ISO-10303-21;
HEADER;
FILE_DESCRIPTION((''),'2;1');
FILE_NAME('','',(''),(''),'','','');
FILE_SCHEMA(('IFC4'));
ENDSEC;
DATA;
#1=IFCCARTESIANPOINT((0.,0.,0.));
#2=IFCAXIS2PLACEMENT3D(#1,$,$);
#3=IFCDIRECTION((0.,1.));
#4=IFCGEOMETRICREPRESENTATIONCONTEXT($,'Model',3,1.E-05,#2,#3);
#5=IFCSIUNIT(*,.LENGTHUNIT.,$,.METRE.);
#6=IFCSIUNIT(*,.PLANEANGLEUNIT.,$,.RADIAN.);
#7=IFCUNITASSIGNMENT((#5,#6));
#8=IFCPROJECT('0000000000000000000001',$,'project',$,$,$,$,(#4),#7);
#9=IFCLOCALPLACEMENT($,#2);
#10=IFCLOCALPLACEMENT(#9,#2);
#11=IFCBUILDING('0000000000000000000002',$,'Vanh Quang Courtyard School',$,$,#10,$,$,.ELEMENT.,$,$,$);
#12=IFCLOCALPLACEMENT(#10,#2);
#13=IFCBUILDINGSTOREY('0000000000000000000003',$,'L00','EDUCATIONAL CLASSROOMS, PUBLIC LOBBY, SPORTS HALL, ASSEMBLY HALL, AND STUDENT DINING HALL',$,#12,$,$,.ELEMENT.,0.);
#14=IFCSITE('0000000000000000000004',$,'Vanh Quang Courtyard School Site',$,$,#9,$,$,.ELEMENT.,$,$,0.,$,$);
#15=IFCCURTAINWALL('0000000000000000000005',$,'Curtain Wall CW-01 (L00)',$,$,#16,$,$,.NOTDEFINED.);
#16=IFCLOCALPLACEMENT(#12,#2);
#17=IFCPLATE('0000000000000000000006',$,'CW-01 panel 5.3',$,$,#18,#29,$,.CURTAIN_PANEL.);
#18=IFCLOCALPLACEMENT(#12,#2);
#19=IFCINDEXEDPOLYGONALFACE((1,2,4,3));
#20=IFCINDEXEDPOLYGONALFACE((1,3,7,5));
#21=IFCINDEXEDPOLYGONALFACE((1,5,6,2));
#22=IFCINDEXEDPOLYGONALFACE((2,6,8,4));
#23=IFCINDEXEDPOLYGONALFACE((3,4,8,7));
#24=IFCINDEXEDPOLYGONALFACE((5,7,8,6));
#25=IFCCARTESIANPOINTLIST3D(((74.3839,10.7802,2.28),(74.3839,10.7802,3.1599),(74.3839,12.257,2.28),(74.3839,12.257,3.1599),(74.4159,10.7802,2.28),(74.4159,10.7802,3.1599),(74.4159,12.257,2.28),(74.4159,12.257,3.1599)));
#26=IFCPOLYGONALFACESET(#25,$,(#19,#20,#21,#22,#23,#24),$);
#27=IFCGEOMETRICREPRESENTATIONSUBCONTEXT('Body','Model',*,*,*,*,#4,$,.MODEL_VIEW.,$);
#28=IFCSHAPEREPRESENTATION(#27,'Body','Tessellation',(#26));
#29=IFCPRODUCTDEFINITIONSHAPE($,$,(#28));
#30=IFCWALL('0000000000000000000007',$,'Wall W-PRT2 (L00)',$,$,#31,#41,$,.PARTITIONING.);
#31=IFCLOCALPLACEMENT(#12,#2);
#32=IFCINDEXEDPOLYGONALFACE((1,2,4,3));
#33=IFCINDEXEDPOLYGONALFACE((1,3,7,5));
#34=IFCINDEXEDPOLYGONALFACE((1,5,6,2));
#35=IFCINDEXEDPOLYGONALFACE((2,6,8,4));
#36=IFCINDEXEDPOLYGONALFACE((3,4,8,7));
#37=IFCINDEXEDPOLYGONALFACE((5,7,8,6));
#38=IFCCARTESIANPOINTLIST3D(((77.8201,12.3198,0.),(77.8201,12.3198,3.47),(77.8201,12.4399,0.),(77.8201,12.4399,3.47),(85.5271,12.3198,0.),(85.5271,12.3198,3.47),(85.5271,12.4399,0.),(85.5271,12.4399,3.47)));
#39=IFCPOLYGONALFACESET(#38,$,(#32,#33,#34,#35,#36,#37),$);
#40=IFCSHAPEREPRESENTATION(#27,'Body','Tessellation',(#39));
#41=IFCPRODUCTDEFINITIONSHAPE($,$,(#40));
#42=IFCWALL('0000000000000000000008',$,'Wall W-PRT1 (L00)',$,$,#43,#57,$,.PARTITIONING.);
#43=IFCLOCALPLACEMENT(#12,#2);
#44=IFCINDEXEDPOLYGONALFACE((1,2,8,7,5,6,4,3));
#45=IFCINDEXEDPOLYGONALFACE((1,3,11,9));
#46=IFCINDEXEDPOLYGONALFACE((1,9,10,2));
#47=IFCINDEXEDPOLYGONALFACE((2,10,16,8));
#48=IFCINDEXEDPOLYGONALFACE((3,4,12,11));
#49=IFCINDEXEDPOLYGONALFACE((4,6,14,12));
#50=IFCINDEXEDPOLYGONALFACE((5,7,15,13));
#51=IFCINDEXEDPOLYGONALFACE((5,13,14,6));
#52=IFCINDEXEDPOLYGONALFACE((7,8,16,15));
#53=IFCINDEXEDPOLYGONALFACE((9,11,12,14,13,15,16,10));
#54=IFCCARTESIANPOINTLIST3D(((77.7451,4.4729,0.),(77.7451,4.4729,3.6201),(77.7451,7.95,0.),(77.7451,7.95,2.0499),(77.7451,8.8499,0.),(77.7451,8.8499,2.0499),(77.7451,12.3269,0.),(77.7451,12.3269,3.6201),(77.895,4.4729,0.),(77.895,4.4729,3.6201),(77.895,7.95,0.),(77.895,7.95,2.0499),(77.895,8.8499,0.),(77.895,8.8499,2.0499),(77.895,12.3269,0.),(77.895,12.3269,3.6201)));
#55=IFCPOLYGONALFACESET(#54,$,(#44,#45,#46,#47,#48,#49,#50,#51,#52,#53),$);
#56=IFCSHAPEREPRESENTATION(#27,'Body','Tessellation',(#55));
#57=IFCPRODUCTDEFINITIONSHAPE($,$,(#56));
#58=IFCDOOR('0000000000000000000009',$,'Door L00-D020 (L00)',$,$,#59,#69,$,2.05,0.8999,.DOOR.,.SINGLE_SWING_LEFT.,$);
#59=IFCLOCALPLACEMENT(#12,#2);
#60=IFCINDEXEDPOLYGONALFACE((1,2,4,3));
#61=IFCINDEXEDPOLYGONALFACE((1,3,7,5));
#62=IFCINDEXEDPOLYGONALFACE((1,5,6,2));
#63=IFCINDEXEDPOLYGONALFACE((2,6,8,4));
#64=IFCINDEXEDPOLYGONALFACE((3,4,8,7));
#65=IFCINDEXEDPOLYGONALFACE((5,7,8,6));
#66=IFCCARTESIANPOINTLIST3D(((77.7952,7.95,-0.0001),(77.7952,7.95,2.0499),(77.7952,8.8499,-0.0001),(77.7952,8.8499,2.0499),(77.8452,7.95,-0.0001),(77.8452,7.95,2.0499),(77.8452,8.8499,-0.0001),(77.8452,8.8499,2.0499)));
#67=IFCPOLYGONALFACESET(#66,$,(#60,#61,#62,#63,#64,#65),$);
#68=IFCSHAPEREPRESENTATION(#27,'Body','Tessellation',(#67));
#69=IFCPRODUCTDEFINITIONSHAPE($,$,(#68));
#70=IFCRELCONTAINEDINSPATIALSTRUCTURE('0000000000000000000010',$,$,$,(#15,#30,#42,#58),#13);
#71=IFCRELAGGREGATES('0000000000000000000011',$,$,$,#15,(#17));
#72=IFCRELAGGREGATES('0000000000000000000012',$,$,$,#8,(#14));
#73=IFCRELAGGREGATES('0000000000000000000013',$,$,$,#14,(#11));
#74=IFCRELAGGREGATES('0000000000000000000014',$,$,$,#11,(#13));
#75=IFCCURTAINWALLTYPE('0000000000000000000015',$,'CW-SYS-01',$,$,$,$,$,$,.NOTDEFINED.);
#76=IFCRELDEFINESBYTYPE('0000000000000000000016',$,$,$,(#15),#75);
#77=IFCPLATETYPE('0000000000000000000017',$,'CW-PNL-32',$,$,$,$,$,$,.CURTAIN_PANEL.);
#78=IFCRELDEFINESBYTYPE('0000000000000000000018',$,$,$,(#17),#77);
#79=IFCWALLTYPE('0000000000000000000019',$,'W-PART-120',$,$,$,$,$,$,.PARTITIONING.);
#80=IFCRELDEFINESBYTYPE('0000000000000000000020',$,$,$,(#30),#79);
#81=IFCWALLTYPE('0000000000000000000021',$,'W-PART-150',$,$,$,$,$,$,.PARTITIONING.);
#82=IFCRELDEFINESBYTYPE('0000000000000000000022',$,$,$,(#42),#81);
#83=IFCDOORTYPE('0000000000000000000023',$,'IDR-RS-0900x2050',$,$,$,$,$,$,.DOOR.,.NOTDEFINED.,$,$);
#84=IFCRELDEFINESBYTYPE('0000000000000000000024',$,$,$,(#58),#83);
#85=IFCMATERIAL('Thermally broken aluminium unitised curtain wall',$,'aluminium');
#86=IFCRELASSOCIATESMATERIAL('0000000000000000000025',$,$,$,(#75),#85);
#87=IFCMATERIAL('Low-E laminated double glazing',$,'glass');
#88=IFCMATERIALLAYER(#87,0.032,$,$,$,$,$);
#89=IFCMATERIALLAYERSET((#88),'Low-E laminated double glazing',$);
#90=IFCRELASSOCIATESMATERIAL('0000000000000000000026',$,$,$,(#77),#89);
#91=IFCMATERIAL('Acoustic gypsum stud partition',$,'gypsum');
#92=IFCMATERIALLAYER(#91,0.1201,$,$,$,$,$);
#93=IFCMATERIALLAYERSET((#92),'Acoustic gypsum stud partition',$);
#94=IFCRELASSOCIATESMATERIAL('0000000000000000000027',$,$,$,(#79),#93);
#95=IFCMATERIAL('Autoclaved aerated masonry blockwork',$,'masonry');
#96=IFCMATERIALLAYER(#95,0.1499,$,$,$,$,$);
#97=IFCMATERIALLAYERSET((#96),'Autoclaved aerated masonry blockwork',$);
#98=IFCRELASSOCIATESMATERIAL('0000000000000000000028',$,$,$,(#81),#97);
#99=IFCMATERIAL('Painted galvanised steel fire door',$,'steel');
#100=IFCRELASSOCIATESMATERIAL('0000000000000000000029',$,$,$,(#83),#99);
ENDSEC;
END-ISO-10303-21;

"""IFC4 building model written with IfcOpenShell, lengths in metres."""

from ifc_helpers import new_model, si_unit, direction, frame, frame_2d, origin, origin_2d, place, context, subcontext, project, spatial, rectangle, extrude, material, layer, layer_set, type_object, element, fill, aggregate, save


model = new_model("IFC4")

# Units and contexts
model_context = context("Model", 3, precision=1e-05, world=origin(), true_north=direction((0.0, 1.0)))
body_context = subcontext(model_context, "Body", "Model", "MODEL_VIEW")
ifc_project = project(units=[si_unit("LENGTHUNIT", "METRE"), si_unit("PLANEANGLEUNIT", "RADIAN")], contexts=[model_context])

# Site, building, storey
site_placement = place(None, origin())
site = spatial("IfcSite", under=ifc_project, at=site_placement, Name="Vanh Quang Courtyard School Site", CompositionType="ELEMENT", RefElevation=0.0)
building_placement = place(site_placement, origin())
building = spatial("IfcBuilding", under=site, at=building_placement, Name="Vanh Quang Courtyard School", CompositionType="ELEMENT")
storey_placement = place(building_placement, origin())
storey = spatial("IfcBuildingStorey", under=building, at=storey_placement, Name="L00", Description="EDUCATIONAL CLASSROOMS, PUBLIC LOBBY, SPORTS HALL, ASSEMBLY HALL, AND STUDENT DINING HALL", CompositionType="ELEMENT", Elevation=0.0)

# Curtain wall, plate
ifc_material_1 = material(Name="Thermally broken aluminium unitised curtain wall", Category="aluminium")
curtain_wall_type = type_object("IfcCurtainWallType", Name="CW-SYS-01", PredefinedType="NOTDEFINED", material=ifc_material_1)
curtain_wall_placement = place(storey_placement, origin())
curtain_wall = element("IfcCurtainWall", 1, at=curtain_wall_placement, inside=storey, type_object=curtain_wall_type, Name="Curtain Wall CW-01 (L00)", PredefinedType="NOTDEFINED")
ifc_material_2 = material(Name="Low-E laminated double glazing", Category="glass")
ifc_layer_1 = layer(ifc_material_2, 0.032)
ifc_layer_set_1 = layer_set([ifc_layer_1], Name="Low-E laminated double glazing")
plate_type = type_object("IfcPlateType", Name="CW-PNL-32", PredefinedType="CURTAIN_PANEL", material=ifc_layer_set_1)
plate_1_placement = place(storey_placement, frame((74.3999, 11.5186, 2.28), z_axis=(0.0, 0.0, 1.0), x_axis=(0.0, 1.0, 0.0)))
plate_1 = element("IfcPlate", 2, at=plate_1_placement, type_object=plate_type, Name="CW-01 panel 5.3", PredefinedType="CURTAIN_PANEL", context=body_context, shape_type="SweptSolid", body=[
    extrude(rectangle(XDim=1.4768, YDim=0.032, at=origin_2d()), origin(), (0.0, 0.0, 1.0), 0.8799),
])
aggregate(curtain_wall, [plate_1])

# Wall
ifc_material_3 = material(Name="Acoustic gypsum stud partition", Category="gypsum")
ifc_layer_2 = layer(ifc_material_3, 0.1201)
ifc_layer_set_2 = layer_set([ifc_layer_2], Name="Acoustic gypsum stud partition")
wall_type_1 = type_object("IfcWallType", Name="W-PART-120", PredefinedType="PARTITIONING", material=ifc_layer_set_2)
wall_1_placement = place(storey_placement, frame((77.8201, 12.3799, 0.0), z_axis=(0.0, 0.0, 1.0), x_axis=(1.0, 0.0, 0.0)))
element("IfcWall", 3, at=wall_1_placement, inside=storey, type_object=wall_type_1, Name="Wall W-PRT2 (L00)", PredefinedType="PARTITIONING", context=body_context, shape_type="SweptSolid", body=[
    extrude(rectangle(XDim=7.707, YDim=0.1201, at=frame_2d((3.8535, 0.0))), origin(), (0.0, 0.0, 1.0), 3.47),
])

# Wall, opening, door
ifc_material_4 = material(Name="Autoclaved aerated masonry blockwork", Category="masonry")
ifc_layer_3 = layer(ifc_material_4, 0.1499)
ifc_layer_set_3 = layer_set([ifc_layer_3], Name="Autoclaved aerated masonry blockwork")
wall_type_2 = type_object("IfcWallType", Name="W-PART-150", PredefinedType="PARTITIONING", material=ifc_layer_set_3)
wall_2_placement = place(storey_placement, frame((77.8201, 4.4729, 0.0), z_axis=(0.0, 0.0, 1.0), x_axis=(0.0, 1.0, 0.0)))
wall_2 = element("IfcWall", 4, at=wall_2_placement, inside=storey, type_object=wall_type_2, Name="Wall W-PRT1 (L00)", PredefinedType="PARTITIONING", context=body_context, shape_type="SweptSolid", body=[
    extrude(rectangle(XDim=7.854, YDim=0.1499, at=frame_2d((3.927, 0.0))), origin(), (0.0, 0.0, 1.0), 3.6201),
])
opening_placement = place(wall_2_placement, frame((3.4771, 0.0, 0.0)))
opening = element("IfcOpeningElement", 5, at=opening_placement, cuts=wall_2, PredefinedType="OPENING", context=body_context, shape_type="SweptSolid", body=[
    extrude(rectangle(XDim=0.8999, YDim=2.05, at=frame_2d((0.45, 1.0249))), frame((0.0, 0.085, 0.0), z_axis=(0.0, -1.0, 0.0), x_axis=(1.0, 0.0, 0.0)), (0.0, 0.0, 1.0), 0.1699),
])
ifc_material_5 = material(Name="Painted galvanised steel fire door", Category="steel")
door_type = type_object("IfcDoorType", Name="IDR-RS-0900x2050", OperationType="NOTDEFINED", PredefinedType="DOOR", material=ifc_material_5)
door_placement = place(opening_placement, origin())
door = element("IfcDoor", 6, at=door_placement, inside=storey, type_object=door_type, Name="Door L00-D020 (L00)", OperationType="SINGLE_SWING_LEFT", OverallHeight=2.05, OverallWidth=0.8999, PredefinedType="DOOR", context=body_context, shape_type="SweptSolid", body=[
    extrude(rectangle(XDim=0.8999, YDim=2.05, at=frame_2d((0.45, 1.0249))), frame((0.0, 0.0249, 0.0), z_axis=(0.0, -1.0, 0.0), x_axis=(1.0, 0.0, 0.0)), (0.0, 0.0, 1.0), 0.05),
])
fill(opening, door)

save(model, "model.ifc")
